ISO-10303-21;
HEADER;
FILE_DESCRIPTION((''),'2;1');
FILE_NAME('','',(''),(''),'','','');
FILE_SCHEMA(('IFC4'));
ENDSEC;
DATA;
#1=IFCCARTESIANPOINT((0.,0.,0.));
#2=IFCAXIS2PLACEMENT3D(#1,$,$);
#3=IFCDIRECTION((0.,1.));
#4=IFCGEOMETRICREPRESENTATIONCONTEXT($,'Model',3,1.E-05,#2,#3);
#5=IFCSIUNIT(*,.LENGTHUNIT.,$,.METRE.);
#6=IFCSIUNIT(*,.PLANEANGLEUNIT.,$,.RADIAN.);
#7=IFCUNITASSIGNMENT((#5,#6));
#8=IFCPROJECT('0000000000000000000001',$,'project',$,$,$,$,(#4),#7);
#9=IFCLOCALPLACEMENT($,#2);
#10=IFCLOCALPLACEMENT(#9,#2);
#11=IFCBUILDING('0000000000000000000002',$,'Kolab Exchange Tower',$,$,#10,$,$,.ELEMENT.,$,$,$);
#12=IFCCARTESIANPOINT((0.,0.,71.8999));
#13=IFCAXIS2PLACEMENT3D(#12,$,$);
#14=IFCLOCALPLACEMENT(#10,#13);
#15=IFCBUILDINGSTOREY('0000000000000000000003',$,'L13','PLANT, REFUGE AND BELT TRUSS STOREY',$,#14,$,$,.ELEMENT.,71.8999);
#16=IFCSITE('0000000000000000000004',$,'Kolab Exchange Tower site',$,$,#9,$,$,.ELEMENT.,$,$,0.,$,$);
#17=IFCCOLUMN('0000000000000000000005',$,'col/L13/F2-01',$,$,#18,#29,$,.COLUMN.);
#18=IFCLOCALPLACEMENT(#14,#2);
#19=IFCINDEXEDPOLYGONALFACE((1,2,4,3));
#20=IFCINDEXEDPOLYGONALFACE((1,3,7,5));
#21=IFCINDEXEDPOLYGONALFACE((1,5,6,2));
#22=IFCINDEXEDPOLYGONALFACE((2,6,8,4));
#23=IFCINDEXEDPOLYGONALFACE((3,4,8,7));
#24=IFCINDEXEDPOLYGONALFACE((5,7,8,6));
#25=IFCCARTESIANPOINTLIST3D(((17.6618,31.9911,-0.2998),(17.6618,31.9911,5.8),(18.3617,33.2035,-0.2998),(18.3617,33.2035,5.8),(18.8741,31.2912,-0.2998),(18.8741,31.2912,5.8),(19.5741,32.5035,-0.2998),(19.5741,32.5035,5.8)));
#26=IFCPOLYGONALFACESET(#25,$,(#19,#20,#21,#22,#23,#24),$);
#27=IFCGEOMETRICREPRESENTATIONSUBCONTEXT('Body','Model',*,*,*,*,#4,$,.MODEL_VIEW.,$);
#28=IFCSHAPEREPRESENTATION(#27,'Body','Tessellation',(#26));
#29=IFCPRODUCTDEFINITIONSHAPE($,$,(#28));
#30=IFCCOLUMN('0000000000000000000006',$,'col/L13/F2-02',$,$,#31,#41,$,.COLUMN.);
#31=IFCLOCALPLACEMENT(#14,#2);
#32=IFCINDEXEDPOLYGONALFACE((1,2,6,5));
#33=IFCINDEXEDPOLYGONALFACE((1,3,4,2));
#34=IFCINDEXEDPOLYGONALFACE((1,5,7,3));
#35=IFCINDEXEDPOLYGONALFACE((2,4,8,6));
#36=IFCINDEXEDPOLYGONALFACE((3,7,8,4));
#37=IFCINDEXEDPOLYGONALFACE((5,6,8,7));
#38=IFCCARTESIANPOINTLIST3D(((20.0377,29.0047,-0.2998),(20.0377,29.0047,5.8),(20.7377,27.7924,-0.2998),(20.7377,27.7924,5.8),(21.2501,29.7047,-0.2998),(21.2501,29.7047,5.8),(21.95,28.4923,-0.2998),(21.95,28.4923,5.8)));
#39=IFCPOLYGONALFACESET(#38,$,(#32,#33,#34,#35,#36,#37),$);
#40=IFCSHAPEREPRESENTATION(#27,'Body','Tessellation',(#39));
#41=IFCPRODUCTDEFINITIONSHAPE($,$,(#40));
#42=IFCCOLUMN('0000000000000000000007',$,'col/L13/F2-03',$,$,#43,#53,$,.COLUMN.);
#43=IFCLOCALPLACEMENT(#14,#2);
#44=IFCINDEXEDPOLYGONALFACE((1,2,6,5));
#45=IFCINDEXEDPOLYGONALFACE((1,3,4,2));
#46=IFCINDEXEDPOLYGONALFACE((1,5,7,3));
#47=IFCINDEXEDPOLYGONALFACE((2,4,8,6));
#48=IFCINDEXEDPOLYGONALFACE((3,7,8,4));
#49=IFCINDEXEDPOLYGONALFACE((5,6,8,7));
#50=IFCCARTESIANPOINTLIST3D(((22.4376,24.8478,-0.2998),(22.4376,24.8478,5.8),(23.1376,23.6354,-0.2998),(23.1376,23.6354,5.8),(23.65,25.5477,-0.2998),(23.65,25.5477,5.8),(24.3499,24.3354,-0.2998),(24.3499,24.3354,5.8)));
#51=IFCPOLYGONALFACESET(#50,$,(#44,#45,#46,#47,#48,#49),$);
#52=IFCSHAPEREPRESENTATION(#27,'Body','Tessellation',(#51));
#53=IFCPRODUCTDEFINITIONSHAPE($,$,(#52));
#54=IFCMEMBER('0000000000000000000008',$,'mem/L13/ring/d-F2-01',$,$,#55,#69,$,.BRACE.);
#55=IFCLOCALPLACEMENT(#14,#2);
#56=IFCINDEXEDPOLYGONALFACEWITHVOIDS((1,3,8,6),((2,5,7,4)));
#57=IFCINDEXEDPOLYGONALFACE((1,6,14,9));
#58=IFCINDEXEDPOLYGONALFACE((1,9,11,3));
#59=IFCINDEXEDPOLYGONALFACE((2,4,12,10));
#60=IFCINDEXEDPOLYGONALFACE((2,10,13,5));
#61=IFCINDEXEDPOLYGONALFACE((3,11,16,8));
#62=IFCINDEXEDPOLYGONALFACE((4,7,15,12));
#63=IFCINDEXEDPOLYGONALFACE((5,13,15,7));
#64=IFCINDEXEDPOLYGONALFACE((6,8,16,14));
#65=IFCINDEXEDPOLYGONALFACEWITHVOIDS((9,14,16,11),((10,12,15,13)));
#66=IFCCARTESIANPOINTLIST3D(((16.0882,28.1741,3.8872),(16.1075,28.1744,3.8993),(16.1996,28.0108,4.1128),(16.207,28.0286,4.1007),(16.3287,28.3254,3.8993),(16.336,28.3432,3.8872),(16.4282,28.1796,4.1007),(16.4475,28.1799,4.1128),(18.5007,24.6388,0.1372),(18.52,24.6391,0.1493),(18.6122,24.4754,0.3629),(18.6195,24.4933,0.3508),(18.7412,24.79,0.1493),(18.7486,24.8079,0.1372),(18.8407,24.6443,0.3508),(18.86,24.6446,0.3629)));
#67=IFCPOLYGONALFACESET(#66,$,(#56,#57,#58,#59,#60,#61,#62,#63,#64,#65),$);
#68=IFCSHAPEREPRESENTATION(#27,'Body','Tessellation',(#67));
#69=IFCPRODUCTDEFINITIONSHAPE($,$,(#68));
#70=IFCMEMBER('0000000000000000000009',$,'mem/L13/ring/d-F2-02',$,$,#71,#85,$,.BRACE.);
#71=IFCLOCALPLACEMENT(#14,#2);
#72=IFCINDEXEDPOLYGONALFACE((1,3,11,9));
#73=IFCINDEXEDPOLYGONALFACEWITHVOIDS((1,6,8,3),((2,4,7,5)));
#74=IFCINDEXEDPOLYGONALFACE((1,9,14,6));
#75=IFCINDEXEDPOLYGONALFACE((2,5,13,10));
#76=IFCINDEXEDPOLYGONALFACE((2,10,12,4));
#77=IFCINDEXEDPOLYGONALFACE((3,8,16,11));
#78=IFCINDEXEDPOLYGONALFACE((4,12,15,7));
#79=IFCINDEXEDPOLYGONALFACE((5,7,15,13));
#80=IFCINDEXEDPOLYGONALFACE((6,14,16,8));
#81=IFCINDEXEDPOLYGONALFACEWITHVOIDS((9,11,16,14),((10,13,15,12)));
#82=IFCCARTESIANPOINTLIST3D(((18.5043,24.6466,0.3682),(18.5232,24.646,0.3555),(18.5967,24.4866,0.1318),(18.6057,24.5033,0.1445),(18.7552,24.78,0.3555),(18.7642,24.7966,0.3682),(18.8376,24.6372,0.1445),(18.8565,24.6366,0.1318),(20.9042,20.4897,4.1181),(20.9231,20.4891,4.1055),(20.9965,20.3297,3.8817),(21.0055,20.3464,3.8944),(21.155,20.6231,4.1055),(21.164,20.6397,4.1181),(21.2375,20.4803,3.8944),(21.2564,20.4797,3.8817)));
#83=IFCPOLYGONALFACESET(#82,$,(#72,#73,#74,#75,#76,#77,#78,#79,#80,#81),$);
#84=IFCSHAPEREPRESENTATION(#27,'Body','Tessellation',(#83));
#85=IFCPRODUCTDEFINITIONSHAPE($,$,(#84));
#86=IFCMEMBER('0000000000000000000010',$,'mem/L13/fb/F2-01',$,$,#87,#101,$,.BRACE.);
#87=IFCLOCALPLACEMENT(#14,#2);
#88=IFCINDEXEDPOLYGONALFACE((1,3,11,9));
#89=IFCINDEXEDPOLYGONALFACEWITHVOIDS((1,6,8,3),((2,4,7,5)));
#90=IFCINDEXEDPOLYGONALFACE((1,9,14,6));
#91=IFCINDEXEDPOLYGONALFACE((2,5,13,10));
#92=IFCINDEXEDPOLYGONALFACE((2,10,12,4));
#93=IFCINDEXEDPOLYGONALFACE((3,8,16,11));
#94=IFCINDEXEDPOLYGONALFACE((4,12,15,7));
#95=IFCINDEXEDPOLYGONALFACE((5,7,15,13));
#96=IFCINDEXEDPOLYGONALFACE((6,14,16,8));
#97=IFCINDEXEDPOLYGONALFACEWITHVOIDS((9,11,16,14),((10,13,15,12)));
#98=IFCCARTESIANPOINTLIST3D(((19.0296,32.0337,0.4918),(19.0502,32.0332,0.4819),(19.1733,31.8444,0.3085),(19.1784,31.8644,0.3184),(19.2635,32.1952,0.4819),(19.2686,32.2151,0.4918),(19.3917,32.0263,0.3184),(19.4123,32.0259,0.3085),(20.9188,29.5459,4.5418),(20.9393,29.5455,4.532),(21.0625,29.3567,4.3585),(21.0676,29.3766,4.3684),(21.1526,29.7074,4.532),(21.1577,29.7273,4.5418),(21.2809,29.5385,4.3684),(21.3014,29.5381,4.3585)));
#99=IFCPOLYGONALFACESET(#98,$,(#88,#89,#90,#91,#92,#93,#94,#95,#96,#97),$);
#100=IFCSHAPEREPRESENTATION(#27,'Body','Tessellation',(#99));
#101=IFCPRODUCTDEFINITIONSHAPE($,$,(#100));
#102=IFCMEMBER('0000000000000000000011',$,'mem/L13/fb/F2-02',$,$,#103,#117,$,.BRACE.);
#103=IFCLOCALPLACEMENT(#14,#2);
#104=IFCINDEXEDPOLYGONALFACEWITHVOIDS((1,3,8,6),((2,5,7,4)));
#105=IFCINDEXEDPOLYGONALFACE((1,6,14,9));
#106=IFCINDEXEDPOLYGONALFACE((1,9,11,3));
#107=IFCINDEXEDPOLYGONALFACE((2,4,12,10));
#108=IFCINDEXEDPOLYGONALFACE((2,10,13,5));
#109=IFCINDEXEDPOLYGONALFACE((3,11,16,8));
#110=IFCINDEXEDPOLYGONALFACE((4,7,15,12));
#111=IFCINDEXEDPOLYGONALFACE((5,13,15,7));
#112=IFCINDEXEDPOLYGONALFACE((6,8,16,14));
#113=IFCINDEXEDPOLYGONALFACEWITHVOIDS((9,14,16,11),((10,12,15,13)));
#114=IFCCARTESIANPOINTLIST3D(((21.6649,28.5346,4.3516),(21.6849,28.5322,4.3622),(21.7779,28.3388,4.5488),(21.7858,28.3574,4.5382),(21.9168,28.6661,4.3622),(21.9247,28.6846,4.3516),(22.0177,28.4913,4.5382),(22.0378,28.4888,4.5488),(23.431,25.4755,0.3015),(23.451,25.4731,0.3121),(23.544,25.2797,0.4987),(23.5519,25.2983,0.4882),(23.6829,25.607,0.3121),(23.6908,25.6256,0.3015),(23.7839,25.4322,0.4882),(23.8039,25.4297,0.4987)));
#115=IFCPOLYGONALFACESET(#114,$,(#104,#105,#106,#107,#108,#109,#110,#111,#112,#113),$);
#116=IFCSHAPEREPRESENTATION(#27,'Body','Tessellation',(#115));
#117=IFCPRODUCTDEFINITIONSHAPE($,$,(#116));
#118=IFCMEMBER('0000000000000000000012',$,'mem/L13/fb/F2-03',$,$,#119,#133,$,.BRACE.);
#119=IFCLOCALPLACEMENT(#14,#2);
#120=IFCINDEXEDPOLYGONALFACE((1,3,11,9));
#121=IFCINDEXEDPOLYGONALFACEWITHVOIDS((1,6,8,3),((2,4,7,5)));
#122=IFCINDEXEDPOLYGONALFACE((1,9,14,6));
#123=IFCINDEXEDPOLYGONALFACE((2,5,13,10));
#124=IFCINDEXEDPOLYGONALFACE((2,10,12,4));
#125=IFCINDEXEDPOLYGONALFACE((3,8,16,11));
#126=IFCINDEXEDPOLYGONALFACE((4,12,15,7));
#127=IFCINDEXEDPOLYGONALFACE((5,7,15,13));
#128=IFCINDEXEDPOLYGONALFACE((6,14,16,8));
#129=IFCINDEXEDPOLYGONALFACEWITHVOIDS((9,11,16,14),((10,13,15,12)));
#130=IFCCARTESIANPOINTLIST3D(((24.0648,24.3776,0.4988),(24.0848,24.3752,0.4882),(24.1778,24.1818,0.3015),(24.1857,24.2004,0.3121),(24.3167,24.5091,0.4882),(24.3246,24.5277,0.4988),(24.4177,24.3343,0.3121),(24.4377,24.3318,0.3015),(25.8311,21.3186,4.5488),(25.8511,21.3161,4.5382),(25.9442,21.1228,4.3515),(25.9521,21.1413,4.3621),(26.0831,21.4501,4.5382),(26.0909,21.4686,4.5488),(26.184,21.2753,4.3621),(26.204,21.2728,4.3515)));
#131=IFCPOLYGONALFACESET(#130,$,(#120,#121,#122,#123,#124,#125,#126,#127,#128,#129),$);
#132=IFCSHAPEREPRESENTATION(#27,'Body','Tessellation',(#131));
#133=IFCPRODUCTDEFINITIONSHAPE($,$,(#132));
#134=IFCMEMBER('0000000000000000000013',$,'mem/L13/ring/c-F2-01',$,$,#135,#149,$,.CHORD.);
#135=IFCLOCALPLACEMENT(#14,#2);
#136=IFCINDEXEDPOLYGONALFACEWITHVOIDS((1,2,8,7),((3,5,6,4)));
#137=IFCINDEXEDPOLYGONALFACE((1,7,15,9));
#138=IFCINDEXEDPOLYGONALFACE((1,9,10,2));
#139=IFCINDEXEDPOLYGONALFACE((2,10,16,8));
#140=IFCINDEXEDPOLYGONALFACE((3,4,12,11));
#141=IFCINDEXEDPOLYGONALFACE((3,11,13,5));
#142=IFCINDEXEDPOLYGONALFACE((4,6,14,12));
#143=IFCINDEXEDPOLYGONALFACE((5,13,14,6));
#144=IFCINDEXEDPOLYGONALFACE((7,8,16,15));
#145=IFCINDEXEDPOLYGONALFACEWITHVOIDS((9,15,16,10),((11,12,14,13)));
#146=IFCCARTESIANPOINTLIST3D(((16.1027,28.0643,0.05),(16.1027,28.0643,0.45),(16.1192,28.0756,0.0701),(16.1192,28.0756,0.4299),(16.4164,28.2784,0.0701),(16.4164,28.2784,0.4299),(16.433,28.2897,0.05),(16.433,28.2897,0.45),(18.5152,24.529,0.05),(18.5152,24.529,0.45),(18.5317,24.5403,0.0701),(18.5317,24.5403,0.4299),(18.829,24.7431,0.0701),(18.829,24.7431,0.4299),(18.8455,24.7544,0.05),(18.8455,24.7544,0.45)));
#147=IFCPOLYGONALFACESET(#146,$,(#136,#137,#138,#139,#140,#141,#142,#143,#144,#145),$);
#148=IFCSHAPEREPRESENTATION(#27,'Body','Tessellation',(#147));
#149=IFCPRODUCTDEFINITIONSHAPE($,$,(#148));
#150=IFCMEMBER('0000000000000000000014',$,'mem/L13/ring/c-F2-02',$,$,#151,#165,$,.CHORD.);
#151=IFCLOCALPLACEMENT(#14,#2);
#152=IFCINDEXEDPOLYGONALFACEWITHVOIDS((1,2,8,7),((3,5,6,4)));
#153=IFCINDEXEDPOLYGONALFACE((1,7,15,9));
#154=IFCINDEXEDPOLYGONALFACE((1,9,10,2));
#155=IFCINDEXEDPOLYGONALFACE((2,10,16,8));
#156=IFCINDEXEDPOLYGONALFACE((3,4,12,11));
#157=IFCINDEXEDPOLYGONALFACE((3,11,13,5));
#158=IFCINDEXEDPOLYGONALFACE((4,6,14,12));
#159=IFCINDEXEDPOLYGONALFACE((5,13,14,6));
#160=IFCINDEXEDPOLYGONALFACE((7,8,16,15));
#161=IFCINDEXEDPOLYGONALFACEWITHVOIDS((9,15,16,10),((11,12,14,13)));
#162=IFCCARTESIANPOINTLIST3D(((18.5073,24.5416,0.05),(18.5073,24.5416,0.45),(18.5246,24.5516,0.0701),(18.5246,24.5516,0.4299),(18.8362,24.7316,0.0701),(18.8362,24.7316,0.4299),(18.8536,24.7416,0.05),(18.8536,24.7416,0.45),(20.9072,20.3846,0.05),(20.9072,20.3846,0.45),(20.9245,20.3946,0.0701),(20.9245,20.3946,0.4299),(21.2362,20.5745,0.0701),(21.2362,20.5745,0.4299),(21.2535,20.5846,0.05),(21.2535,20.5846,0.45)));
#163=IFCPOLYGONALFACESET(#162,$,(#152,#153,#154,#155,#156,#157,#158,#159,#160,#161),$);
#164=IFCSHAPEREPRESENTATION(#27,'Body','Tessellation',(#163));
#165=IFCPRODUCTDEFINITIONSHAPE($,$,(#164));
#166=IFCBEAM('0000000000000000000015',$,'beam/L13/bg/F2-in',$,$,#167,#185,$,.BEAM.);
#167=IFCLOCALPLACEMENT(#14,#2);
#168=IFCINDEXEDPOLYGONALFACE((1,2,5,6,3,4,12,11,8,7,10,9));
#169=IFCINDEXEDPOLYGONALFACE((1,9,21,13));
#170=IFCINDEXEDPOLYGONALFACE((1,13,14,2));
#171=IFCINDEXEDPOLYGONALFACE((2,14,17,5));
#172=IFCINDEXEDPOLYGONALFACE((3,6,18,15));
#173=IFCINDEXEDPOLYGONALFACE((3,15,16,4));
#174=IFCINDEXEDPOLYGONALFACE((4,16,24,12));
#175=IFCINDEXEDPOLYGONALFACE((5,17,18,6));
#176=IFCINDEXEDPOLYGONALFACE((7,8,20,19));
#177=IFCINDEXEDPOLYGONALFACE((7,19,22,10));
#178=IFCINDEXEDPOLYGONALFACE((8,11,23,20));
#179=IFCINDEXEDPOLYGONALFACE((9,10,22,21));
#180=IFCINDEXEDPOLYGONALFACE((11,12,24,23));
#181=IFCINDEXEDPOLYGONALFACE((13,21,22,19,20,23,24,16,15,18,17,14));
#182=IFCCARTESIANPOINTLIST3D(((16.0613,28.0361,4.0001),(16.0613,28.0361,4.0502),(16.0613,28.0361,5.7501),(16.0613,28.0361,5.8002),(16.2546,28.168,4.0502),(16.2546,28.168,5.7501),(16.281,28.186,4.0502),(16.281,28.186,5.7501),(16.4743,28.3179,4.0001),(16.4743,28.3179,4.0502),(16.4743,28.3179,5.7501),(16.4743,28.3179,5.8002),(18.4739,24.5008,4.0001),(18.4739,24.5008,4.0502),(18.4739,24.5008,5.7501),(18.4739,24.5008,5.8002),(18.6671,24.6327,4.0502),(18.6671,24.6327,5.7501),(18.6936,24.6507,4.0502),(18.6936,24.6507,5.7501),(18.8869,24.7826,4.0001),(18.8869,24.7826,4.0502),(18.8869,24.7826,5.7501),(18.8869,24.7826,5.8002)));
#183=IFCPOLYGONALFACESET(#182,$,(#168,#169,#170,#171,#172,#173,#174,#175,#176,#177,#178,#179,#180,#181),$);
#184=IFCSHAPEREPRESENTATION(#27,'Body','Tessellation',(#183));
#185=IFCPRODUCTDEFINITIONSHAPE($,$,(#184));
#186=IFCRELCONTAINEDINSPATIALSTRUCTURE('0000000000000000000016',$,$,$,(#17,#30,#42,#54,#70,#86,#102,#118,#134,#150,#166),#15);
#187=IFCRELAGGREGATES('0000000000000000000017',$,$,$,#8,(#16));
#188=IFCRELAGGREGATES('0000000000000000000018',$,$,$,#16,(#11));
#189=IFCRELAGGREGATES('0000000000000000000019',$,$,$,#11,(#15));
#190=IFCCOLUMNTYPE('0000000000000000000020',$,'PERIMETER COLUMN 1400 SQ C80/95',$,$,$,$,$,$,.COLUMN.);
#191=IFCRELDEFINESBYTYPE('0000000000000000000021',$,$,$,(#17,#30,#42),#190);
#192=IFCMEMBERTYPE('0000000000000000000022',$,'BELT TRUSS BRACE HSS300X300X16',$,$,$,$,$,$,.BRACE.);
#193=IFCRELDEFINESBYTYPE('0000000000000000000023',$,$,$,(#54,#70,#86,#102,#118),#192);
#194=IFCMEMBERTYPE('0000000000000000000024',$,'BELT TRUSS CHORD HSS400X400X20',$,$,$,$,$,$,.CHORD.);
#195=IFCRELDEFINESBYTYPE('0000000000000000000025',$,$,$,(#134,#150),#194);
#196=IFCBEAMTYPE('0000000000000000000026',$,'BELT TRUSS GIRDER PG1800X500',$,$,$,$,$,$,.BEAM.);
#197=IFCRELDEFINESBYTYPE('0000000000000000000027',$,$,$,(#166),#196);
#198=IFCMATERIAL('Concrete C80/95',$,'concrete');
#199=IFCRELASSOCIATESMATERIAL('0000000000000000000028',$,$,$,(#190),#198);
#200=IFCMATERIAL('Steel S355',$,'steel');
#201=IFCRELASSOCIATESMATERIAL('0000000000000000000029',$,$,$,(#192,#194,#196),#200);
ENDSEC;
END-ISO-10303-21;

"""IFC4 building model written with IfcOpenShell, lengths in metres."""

from ifc_helpers import new_model, si_unit, direction, frame, origin, origin_2d, place, context, subcontext, project, spatial, rectangle, hollow_rectangle, i_section, extrude, material, material_profile, profile_set, type_object, element, save


model = new_model("IFC4")

# Units and contexts
model_context = context("Model", 3, precision=1e-05, world=origin(), true_north=direction((0.0, 1.0)))
body_context = subcontext(model_context, "Body", "Model", "MODEL_VIEW")
ifc_project = project(units=[si_unit("LENGTHUNIT", "METRE"), si_unit("PLANEANGLEUNIT", "RADIAN")], contexts=[model_context])

# Site, building, storey
site_placement = place(None, origin())
site = spatial("IfcSite", under=ifc_project, at=site_placement, Name="Kolab Exchange Tower site", CompositionType="ELEMENT", RefElevation=0.0)
building_placement = place(site_placement, origin())
building = spatial("IfcBuilding", under=site, at=building_placement, Name="Kolab Exchange Tower", CompositionType="ELEMENT")
storey_placement = place(building_placement, frame((0.0, 0.0, 71.8999)))
storey = spatial("IfcBuildingStorey", under=building, at=storey_placement, Name="L13", Description="PLANT, REFUGE AND BELT TRUSS STOREY", CompositionType="ELEMENT", Elevation=71.8999)

# Columns
ifc_material_1 = material(Name="Concrete C80/95", Category="concrete")
ifc_material_profile_1 = material_profile(ifc_material_1, rectangle(XDim=1.3999, YDim=1.3999, at=origin_2d()), Name="RC1400")
ifc_profile_set_1 = profile_set([ifc_material_profile_1], Name="Concrete C80/95")
column_type = type_object("IfcColumnType", Name="PERIMETER COLUMN 1400 SQ C80/95", PredefinedType="COLUMN", material=ifc_profile_set_1)
for number, where, z_axis, x_axis, name in (
    (1, (18.6179, 32.2473, -0.2998), (0.0, 0.0, 1.0), (0.5, 0.866025, 0.0), "col/L13/F2-01"),
    (2, (20.9939, 28.7485, -0.2998), (0.0, 0.0, 1.0), (0.866025, 0.5, 0.0), "col/L13/F2-02"),
    (3, (23.3938, 24.5916, -0.2998), (0.0, 0.0, 1.0), (0.866025, 0.5, 0.0), "col/L13/F2-03"),
):
    element("IfcColumn", number, at=place(storey_placement, frame(where, z_axis=z_axis, x_axis=x_axis)), inside=storey, type_object=column_type, Name=name, PredefinedType="COLUMN", context=body_context, shape_type="SweptSolid", body=[
        extrude(rectangle(XDim=1.3999, YDim=1.3999, at=origin_2d()), origin(), (0.0, 0.0, 1.0), 6.0999),
    ])

# Members
ifc_material_2 = material(Name="Steel S355", Category="steel")
ifc_material_profile_2 = material_profile(ifc_material_2, hollow_rectangle(XDim=0.3, YDim=0.3, WallThickness=0.0161, at=origin_2d()), Name="HSS300X300X16")
ifc_profile_set_2 = profile_set([ifc_material_profile_2], Name="Steel S355")
member_type_1 = type_object("IfcMemberType", Name="BELT TRUSS BRACE HSS300X300X16", PredefinedType="BRACE", material=ifc_profile_set_2)
member_1_placement = place(storey_placement, frame((16.2678, 28.177, 4.0), z_axis=(0.423967, -0.621277, -0.658989), x_axis=(0.825999, 0.563671, 0.0)))
element("IfcMember", 4, at=member_1_placement, inside=storey, type_object=member_type_1, Name="mem/L13/ring/d-F2-01", PredefinedType="BRACE", context=body_context, shape_type="SweptSolid", body=[
    extrude(hollow_rectangle(XDim=0.3, YDim=0.3, WallThickness=0.0161, at=origin_2d()), origin(), (0.0, 0.0, 1.0), 5.6904),
])
member_2_placement = place(storey_placement, frame((18.6804, 24.6416, 0.25), z_axis=(0.393996, -0.682459, 0.615644), x_axis=(0.866037, 0.499979, 0.0)))
element("IfcMember", 5, at=member_2_placement, inside=storey, type_object=member_type_1, Name="mem/L13/ring/d-F2-02", PredefinedType="BRACE", context=body_context, shape_type="SweptSolid", body=[
    extrude(hollow_rectangle(XDim=0.3, YDim=0.3, WallThickness=0.0161, at=origin_2d()), origin(), (0.0, 0.0, 1.0), 6.0911),
])
member_3_placement = place(storey_placement, frame((19.2209, 32.0298, 0.4001), z_axis=(0.369353, -0.486393, 0.791833), x_axis=(0.796403, 0.604766, 0.0)))
element("IfcMember", 6, at=member_3_placement, inside=storey, type_object=member_type_1, Name="mem/L13/fb/F2-01", PredefinedType="BRACE", context=body_context, shape_type="SweptSolid", body=[
    extrude(hollow_rectangle(XDim=0.3, YDim=0.3, WallThickness=0.0161, at=origin_2d()), origin(), (0.0, 0.0, 1.0), 5.1147),
])
for number, where, z_axis, x_axis, name in (
    (7, (21.8513, 28.5117, 4.4502), (0.328639, -0.569236, -0.753636), (0.866031, 0.49999, 0.0), "mem/L13/fb/F2-02"),
    (8, (24.2512, 24.3547, 0.4001), (0.32868, -0.569227, 0.753624), (0.866001, 0.500042, 0.0), "mem/L13/fb/F2-03"),
):
    element("IfcMember", number, at=place(storey_placement, frame(where, z_axis=z_axis, x_axis=x_axis)), inside=storey, type_object=member_type_1, Name=name, PredefinedType="BRACE", context=body_context, shape_type="SweptSolid", body=[
        extrude(hollow_rectangle(XDim=0.3, YDim=0.3, WallThickness=0.0161, at=origin_2d()), origin(), (0.0, 0.0, 1.0), 5.374),
    ])
ifc_material_profile_3 = material_profile(ifc_material_2, hollow_rectangle(XDim=0.3999, YDim=0.3999, WallThickness=0.02, at=origin_2d()), Name="HSS400X400X20")
ifc_profile_set_3 = profile_set([ifc_material_profile_3], Name="Steel S355")
member_type_2 = type_object("IfcMemberType", Name="BELT TRUSS CHORD HSS400X400X20", PredefinedType="CHORD", material=ifc_profile_set_3)
member_4_placement = place(storey_placement, frame((16.2678, 28.177, 0.25), z_axis=(0.563671, -0.825999, 0.0), x_axis=(0.825999, 0.563671, 0.0)))
element("IfcMember", 9, at=member_4_placement, inside=storey, type_object=member_type_2, Name="mem/L13/ring/c-F2-01", PredefinedType="CHORD", context=body_context, shape_type="SweptSolid", body=[
    extrude(hollow_rectangle(XDim=0.3999, YDim=0.3999, WallThickness=0.02, at=origin_2d()), origin(), (0.0, 0.0, 1.0), 4.28),
])
member_5_placement = place(storey_placement, frame((18.6804, 24.6416, 0.25), z_axis=(0.499979, -0.866037, 0.0), x_axis=(0.866037, 0.499979, 0.0)))
element("IfcMember", 10, at=member_5_placement, inside=storey, type_object=member_type_2, Name="mem/L13/ring/c-F2-02", PredefinedType="CHORD", context=body_context, shape_type="SweptSolid", body=[
    extrude(hollow_rectangle(XDim=0.3999, YDim=0.3999, WallThickness=0.02, at=origin_2d()), origin(), (0.0, 0.0, 1.0), 4.8),
])

# Beam
ifc_material_profile_4 = material_profile(ifc_material_2, i_section(OverallWidth=0.5, OverallDepth=1.8, WebThickness=0.032, FlangeThickness=0.05, at=origin_2d()), Name="PG1800X500")
ifc_profile_set_4 = profile_set([ifc_material_profile_4], Name="Steel S355")
beam_type_1 = type_object("IfcBeamType", Name="BELT TRUSS GIRDER PG1800X500", PredefinedType="BEAM", material=ifc_profile_set_4)
beam_1_placement = place(storey_placement, frame((16.2678, 28.177, 4.9001), z_axis=(0.563671, -0.825999, 0.0), x_axis=(0.825999, 0.563671, 0.0)))
element("IfcBeam", 11, at=beam_1_placement, inside=storey, type_object=beam_type_1, Name="beam/L13/bg/F2-in", PredefinedType="BEAM", context=body_context, shape_type="SweptSolid", body=[
    extrude(i_section(OverallWidth=0.5, OverallDepth=1.8, WebThickness=0.032, FlangeThickness=0.05, at=origin_2d()), origin(), (0.0, 0.0, 1.0), 4.28),
])

save(model, "model.ifc")
